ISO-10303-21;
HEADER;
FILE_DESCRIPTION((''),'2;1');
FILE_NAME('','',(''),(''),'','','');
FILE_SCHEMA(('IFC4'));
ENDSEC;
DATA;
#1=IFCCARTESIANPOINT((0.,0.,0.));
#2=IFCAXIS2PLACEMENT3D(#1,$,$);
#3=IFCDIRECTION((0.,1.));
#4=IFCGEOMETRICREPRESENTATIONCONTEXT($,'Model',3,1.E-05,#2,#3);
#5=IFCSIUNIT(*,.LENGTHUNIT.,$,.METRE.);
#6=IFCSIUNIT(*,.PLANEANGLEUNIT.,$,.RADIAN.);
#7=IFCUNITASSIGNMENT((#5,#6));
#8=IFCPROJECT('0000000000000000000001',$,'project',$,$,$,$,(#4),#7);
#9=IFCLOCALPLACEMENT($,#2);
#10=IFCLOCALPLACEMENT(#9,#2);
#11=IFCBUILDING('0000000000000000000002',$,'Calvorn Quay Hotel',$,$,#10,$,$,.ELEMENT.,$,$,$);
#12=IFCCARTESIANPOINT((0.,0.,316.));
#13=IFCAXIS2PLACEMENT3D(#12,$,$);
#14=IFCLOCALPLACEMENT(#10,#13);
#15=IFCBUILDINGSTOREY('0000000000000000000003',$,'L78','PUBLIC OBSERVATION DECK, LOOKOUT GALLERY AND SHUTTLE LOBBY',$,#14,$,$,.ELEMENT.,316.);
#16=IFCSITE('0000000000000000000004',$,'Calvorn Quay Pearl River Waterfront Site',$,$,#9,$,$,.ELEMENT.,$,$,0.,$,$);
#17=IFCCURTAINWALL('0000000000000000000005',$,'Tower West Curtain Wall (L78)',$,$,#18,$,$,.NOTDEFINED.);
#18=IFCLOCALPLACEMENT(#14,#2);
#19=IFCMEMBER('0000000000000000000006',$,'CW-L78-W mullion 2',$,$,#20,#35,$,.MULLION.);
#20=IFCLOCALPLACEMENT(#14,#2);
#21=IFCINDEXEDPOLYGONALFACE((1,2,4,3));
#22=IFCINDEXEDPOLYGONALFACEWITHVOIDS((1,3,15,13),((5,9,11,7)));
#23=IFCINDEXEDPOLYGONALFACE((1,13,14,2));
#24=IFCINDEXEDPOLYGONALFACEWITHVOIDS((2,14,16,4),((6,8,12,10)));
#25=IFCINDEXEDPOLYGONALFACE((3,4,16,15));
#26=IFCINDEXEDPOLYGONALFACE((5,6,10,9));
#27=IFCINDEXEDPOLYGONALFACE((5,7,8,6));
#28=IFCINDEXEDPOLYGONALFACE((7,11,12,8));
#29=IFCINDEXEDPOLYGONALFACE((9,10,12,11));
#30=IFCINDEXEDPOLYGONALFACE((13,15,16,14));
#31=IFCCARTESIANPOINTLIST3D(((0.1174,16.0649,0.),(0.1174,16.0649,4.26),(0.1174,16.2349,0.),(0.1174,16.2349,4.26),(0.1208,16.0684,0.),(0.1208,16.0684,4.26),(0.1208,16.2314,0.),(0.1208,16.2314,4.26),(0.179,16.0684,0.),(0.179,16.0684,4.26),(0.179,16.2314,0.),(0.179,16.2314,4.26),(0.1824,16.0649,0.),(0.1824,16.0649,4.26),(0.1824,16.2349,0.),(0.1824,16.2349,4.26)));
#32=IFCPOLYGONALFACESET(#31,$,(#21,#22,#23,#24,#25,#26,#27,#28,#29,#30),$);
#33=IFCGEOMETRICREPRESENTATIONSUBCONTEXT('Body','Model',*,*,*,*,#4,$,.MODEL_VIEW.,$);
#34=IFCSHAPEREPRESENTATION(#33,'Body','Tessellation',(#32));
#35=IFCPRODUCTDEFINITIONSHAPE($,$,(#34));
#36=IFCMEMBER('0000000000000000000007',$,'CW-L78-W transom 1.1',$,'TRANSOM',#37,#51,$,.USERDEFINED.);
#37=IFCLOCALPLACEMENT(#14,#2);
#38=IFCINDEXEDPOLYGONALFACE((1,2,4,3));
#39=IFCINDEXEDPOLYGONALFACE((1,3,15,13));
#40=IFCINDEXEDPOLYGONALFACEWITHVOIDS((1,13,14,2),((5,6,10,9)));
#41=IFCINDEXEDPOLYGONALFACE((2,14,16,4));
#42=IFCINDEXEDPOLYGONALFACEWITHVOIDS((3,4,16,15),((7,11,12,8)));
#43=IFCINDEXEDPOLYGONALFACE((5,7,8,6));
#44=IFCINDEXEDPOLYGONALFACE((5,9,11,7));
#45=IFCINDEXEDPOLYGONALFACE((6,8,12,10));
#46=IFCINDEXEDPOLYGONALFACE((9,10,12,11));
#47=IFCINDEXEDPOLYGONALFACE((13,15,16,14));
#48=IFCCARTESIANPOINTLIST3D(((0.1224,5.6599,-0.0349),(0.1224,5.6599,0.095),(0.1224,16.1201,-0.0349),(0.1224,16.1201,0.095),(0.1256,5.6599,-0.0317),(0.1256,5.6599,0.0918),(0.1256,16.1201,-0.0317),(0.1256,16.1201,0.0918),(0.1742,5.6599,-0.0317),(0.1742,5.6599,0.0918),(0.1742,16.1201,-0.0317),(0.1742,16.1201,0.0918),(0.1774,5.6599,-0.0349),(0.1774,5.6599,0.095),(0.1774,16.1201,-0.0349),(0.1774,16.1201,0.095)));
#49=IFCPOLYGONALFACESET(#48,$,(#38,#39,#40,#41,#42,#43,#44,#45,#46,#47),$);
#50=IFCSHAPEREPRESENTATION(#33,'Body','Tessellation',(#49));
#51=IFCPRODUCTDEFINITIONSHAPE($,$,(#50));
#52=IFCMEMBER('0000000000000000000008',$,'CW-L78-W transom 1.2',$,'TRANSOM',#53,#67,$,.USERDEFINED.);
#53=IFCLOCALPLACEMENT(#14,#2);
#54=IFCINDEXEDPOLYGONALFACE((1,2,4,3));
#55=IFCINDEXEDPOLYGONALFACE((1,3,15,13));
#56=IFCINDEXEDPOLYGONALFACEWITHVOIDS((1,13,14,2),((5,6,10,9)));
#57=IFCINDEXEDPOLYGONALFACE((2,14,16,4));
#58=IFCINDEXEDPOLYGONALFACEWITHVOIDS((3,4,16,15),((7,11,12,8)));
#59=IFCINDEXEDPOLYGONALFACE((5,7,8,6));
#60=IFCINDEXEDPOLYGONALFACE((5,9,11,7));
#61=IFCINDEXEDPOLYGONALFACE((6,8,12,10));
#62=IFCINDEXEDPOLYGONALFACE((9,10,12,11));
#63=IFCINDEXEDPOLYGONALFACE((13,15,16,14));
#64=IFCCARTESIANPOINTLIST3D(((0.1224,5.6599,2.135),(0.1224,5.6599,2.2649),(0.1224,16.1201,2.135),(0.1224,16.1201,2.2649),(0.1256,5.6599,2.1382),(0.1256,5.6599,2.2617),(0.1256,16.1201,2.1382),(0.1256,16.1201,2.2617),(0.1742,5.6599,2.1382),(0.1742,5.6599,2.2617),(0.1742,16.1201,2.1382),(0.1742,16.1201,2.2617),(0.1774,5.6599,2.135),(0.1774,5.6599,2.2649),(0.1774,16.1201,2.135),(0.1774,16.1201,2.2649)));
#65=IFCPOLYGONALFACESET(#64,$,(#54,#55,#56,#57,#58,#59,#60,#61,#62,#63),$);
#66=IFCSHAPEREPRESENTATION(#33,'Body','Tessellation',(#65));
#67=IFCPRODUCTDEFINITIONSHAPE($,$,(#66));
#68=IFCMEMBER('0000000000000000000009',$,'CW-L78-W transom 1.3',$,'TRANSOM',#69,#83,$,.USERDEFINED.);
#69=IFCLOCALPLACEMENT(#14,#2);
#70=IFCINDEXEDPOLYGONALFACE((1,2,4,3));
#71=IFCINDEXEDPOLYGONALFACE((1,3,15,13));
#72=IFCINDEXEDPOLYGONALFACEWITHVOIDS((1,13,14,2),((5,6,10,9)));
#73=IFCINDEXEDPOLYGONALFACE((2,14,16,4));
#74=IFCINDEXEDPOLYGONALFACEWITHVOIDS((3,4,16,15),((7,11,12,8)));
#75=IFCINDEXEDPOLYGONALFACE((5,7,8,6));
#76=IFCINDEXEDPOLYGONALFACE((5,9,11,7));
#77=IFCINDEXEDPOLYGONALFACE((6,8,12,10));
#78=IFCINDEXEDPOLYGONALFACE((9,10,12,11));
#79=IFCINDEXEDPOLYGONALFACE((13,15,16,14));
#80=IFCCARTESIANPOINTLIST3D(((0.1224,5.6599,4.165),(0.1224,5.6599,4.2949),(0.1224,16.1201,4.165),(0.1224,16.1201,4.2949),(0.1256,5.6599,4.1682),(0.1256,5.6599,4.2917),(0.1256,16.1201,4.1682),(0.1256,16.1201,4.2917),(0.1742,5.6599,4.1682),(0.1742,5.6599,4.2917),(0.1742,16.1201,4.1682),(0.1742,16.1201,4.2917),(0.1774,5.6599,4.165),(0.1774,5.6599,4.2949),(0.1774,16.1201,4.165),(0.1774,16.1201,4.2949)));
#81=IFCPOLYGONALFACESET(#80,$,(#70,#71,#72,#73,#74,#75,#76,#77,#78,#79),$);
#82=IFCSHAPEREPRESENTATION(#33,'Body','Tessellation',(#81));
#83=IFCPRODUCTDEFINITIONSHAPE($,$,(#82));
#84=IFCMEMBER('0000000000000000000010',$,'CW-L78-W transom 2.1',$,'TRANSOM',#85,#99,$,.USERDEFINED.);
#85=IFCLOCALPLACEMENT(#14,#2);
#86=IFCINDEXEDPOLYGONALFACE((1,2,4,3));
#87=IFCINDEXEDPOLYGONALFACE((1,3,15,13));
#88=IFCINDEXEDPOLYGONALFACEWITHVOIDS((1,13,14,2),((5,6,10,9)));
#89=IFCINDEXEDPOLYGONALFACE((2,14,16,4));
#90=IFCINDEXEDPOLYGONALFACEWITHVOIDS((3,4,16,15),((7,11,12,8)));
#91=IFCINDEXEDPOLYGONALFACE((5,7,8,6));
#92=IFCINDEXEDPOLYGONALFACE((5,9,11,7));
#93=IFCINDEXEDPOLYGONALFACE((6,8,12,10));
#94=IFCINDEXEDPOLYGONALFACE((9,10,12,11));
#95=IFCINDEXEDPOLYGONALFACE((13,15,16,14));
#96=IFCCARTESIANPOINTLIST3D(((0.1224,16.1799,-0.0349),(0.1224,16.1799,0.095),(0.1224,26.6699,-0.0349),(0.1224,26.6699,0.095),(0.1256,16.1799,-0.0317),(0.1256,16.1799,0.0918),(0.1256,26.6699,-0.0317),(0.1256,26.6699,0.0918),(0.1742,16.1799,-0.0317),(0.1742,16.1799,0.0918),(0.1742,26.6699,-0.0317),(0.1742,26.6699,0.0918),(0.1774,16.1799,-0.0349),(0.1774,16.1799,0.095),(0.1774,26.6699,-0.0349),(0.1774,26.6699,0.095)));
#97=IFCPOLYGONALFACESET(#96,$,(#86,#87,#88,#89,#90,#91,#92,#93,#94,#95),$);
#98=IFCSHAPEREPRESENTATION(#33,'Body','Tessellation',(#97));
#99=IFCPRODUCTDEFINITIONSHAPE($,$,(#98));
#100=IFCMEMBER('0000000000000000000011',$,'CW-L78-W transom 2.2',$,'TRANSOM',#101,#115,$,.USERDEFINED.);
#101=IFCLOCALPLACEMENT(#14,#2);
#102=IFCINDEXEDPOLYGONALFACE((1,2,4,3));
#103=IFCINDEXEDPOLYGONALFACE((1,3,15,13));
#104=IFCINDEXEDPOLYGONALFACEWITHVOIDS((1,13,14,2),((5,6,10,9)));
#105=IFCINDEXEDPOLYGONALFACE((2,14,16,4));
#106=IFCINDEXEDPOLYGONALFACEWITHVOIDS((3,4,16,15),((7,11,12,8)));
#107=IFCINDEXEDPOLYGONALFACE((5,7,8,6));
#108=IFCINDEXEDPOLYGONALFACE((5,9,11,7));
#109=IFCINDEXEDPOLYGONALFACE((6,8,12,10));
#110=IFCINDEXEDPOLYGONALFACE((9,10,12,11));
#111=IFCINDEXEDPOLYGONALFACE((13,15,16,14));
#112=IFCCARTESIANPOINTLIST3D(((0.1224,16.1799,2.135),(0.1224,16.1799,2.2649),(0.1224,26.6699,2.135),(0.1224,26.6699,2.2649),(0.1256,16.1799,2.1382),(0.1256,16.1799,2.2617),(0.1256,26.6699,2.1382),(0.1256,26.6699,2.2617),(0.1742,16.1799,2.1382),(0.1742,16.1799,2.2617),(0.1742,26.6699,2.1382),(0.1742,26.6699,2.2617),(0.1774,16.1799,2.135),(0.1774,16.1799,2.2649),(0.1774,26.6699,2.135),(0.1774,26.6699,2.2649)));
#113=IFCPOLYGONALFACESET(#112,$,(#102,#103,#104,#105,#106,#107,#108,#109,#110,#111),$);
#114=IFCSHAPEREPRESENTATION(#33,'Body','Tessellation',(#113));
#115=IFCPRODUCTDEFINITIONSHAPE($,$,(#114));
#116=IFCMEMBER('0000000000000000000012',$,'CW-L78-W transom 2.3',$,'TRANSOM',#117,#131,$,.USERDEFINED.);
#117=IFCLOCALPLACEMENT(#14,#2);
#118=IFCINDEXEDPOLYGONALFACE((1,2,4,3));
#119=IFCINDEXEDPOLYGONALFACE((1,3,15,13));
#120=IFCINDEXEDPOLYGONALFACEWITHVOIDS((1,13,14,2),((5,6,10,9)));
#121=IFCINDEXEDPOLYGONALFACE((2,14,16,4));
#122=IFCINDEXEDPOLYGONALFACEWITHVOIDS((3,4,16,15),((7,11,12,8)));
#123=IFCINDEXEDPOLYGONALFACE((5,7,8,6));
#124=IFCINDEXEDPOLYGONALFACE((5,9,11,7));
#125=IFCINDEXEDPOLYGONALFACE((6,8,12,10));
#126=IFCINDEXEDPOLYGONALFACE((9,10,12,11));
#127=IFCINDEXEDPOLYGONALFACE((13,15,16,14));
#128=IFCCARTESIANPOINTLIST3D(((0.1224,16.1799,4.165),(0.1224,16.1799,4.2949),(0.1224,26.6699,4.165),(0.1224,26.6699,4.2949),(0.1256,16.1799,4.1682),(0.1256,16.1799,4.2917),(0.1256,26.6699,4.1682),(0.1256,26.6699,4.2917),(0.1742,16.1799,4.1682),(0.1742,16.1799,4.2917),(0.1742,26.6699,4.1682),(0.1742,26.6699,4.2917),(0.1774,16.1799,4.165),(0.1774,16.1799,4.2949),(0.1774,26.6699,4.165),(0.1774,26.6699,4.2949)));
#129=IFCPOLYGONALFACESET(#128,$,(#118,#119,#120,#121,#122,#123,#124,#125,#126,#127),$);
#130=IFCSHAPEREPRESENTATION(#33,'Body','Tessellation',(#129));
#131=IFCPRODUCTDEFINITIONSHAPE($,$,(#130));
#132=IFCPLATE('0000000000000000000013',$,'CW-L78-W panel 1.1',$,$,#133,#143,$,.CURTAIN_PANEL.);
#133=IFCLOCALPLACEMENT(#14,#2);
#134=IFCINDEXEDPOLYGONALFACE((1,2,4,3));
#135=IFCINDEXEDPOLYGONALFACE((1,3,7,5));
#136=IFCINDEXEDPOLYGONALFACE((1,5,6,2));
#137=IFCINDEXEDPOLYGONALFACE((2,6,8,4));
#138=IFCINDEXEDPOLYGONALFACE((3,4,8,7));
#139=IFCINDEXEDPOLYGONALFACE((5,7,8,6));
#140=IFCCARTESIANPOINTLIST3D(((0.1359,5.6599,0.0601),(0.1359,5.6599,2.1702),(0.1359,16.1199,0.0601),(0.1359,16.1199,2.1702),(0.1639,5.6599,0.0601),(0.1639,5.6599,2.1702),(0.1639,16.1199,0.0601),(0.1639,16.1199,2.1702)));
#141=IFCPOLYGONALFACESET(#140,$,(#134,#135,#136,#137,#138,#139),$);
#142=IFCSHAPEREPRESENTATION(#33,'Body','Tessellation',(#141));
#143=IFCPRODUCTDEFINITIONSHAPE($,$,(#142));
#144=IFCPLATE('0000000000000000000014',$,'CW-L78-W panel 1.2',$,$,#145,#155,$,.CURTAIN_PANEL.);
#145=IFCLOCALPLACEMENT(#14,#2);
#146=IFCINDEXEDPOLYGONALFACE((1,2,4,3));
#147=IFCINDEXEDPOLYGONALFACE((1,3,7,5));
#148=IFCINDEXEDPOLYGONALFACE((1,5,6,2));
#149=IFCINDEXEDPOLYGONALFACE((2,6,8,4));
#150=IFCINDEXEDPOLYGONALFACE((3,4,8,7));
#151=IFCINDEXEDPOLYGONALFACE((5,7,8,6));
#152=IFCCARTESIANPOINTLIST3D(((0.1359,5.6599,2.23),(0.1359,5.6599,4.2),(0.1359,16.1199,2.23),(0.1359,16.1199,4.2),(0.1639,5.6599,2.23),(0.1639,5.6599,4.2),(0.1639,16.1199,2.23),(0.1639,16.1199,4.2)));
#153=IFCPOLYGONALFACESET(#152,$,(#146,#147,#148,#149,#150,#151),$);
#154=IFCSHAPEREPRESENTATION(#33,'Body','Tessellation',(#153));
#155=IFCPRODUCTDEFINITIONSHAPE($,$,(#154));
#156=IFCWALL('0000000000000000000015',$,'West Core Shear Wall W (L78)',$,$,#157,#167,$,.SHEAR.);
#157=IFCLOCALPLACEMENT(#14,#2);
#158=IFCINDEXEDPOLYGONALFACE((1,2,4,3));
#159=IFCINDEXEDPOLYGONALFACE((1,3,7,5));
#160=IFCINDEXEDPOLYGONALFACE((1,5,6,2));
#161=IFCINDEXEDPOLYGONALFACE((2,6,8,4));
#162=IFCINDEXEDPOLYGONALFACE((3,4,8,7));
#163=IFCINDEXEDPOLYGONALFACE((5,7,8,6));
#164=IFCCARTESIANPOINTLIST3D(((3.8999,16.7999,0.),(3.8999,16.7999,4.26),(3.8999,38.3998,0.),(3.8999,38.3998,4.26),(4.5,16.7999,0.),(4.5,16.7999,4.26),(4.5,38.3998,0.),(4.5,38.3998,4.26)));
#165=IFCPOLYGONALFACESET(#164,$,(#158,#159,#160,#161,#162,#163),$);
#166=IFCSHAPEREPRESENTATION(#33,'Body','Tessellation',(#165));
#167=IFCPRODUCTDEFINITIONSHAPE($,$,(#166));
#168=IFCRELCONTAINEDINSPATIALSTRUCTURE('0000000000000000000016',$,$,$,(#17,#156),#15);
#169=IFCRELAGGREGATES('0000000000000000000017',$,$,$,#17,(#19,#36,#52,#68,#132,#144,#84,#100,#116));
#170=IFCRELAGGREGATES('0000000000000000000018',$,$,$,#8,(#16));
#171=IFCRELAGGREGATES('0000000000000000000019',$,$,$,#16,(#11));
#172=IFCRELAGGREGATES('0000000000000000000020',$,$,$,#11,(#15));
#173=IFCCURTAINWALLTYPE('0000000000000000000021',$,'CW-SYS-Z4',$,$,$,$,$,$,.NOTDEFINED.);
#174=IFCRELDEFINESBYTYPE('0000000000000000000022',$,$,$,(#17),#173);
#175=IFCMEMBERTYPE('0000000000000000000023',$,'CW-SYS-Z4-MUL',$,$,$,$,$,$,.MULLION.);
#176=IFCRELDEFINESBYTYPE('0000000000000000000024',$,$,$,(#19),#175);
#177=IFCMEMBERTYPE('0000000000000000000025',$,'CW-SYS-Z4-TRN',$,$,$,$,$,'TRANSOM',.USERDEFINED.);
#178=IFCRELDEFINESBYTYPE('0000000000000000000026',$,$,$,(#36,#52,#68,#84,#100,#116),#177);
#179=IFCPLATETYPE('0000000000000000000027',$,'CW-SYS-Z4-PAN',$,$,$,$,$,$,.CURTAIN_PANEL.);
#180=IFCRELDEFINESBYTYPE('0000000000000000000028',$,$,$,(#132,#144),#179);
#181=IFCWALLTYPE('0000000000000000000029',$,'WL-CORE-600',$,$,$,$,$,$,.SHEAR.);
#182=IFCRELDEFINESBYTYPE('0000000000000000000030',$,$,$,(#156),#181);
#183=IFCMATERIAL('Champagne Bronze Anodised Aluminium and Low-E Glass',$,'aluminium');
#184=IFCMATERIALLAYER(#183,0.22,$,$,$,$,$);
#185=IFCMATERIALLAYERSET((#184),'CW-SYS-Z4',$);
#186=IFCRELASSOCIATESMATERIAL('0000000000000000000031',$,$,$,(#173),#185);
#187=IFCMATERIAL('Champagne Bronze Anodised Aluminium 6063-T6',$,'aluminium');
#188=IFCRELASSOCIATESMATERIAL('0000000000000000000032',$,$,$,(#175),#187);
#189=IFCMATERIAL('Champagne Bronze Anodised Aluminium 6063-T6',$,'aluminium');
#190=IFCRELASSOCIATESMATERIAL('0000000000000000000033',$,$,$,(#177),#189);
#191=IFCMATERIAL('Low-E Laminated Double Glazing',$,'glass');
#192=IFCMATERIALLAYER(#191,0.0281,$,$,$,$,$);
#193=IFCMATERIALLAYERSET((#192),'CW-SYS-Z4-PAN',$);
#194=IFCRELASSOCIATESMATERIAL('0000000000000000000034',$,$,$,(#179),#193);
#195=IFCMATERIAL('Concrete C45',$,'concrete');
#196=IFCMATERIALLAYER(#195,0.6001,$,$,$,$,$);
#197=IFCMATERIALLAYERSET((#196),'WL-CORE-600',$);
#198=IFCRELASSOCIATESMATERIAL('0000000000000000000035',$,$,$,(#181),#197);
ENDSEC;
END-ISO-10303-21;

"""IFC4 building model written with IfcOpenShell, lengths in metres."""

from ifc_helpers import new_model, si_unit, direction, frame, frame_2d, origin, origin_2d, place, context, subcontext, project, spatial, rectangle, hollow_rectangle, extrude, material, layer, layer_set, material_profile, profile_set, type_object, element, aggregate, save


model = new_model("IFC4")

# Units and contexts
model_context = context("Model", 3, precision=1e-05, world=origin(), true_north=direction((0.0, 1.0)))
body_context = subcontext(model_context, "Body", "Model", "MODEL_VIEW")
ifc_project = project(units=[si_unit("LENGTHUNIT", "METRE"), si_unit("PLANEANGLEUNIT", "RADIAN")], contexts=[model_context])

# Site, building, storey
site_placement = place(None, origin())
site = spatial("IfcSite", under=ifc_project, at=site_placement, Name="Calvorn Quay Pearl River Waterfront Site", CompositionType="ELEMENT", RefElevation=0.0)
building_placement = place(site_placement, origin())
building = spatial("IfcBuilding", under=site, at=building_placement, Name="Calvorn Quay Hotel", CompositionType="ELEMENT")
storey_placement = place(building_placement, frame((0.0, 0.0, 316.0)))
storey = spatial("IfcBuildingStorey", under=building, at=storey_placement, Name="L78", Description="PUBLIC OBSERVATION DECK, LOOKOUT GALLERY AND SHUTTLE LOBBY", CompositionType="ELEMENT", Elevation=316.0)

# Curtain wall, members, plates
ifc_material_1 = material(Name="Champagne Bronze Anodised Aluminium and Low-E Glass", Category="aluminium")
ifc_layer_1 = layer(ifc_material_1, 0.22)
ifc_layer_set_1 = layer_set([ifc_layer_1], Name="CW-SYS-Z4")
curtain_wall_type = type_object("IfcCurtainWallType", Name="CW-SYS-Z4", PredefinedType="NOTDEFINED", material=ifc_layer_set_1)
curtain_wall_placement = place(storey_placement, origin())
curtain_wall = element("IfcCurtainWall", 1, at=curtain_wall_placement, inside=storey, type_object=curtain_wall_type, Name="Tower West Curtain Wall (L78)", PredefinedType="NOTDEFINED")
ifc_material_2 = material(Name="Champagne Bronze Anodised Aluminium 6063-T6", Category="aluminium")
ifc_material_profile_1 = material_profile(ifc_material_2, hollow_rectangle(XDim=0.0649, YDim=0.1699, WallThickness=0.0034, at=origin_2d()), Name="ALU-M170x65x3.5")
ifc_profile_set_1 = profile_set([ifc_material_profile_1], Name="Champagne Bronze Anodised Aluminium 6063-T6")
member_type_1 = type_object("IfcMemberType", Name="CW-SYS-Z4-MUL", PredefinedType="MULLION", material=ifc_profile_set_1)
member_1_placement = place(storey_placement, frame((0.1499, 16.1499, 0.0), z_axis=(0.0, 0.0, 1.0), x_axis=(-1.0, 0.0, 0.0)))
member_1 = element("IfcMember", 2, at=member_1_placement, type_object=member_type_1, Name="CW-L78-W mullion 2", PredefinedType="MULLION", context=body_context, shape_type="SweptSolid", body=[
    extrude(hollow_rectangle(XDim=0.0649, YDim=0.1699, WallThickness=0.0034, at=origin_2d()), origin(), (0.0, 0.0, 1.0), 4.26),
])
ifc_material_3 = material(Name="Champagne Bronze Anodised Aluminium 6063-T6", Category="aluminium")
ifc_material_profile_2 = material_profile(ifc_material_3, hollow_rectangle(XDim=0.0549, YDim=0.1299, WallThickness=0.0032, at=origin_2d()), Name="ALU-T130x55x3.2")
ifc_profile_set_2 = profile_set([ifc_material_profile_2], Name="Champagne Bronze Anodised Aluminium 6063-T6")
member_type_2 = type_object("IfcMemberType", Name="CW-SYS-Z4-TRN", ElementType="TRANSOM", PredefinedType="USERDEFINED", material=ifc_profile_set_2)
member_2_placement = place(storey_placement, frame((0.1499, 5.6599, 0.03), z_axis=(0.0, 1.0, 0.0), x_axis=(-1.0, 0.0, 0.0)))
member_2 = element("IfcMember", 3, at=member_2_placement, type_object=member_type_2, Name="CW-L78-W transom 1.1", ObjectType="TRANSOM", PredefinedType="USERDEFINED", context=body_context, shape_type="SweptSolid", body=[
    extrude(hollow_rectangle(XDim=0.0549, YDim=0.1299, WallThickness=0.0032, at=origin_2d()), origin(), (0.0, 0.0, 1.0), 10.4602),
])
member_3_placement = place(storey_placement, frame((0.1499, 5.6599, 2.2), z_axis=(0.0, 1.0, 0.0), x_axis=(-1.0, 0.0, 0.0)))
member_3 = element("IfcMember", 4, at=member_3_placement, type_object=member_type_2, Name="CW-L78-W transom 1.2", ObjectType="TRANSOM", PredefinedType="USERDEFINED", context=body_context, shape_type="SweptSolid", body=[
    extrude(hollow_rectangle(XDim=0.0549, YDim=0.1299, WallThickness=0.0032, at=origin_2d()), origin(), (0.0, 0.0, 1.0), 10.4602),
])
member_4_placement = place(storey_placement, frame((0.1499, 5.6599, 4.23), z_axis=(0.0, 1.0, 0.0), x_axis=(-1.0, 0.0, 0.0)))
member_4 = element("IfcMember", 5, at=member_4_placement, type_object=member_type_2, Name="CW-L78-W transom 1.3", ObjectType="TRANSOM", PredefinedType="USERDEFINED", context=body_context, shape_type="SweptSolid", body=[
    extrude(hollow_rectangle(XDim=0.0549, YDim=0.1299, WallThickness=0.0032, at=origin_2d()), origin(), (0.0, 0.0, 1.0), 10.4602),
])
member_5_placement = place(storey_placement, frame((0.1499, 16.1799, 0.03), z_axis=(0.0, 1.0, 0.0), x_axis=(-1.0, 0.0, 0.0)))
member_5 = element("IfcMember", 6, at=member_5_placement, type_object=member_type_2, Name="CW-L78-W transom 2.1", ObjectType="TRANSOM", PredefinedType="USERDEFINED", context=body_context, shape_type="SweptSolid", body=[
    extrude(hollow_rectangle(XDim=0.0549, YDim=0.1299, WallThickness=0.0032, at=origin_2d()), origin(), (0.0, 0.0, 1.0), 10.49),
])
member_6_placement = place(storey_placement, frame((0.1499, 16.1799, 2.2), z_axis=(0.0, 1.0, 0.0), x_axis=(-1.0, 0.0, 0.0)))
member_6 = element("IfcMember", 7, at=member_6_placement, type_object=member_type_2, Name="CW-L78-W transom 2.2", ObjectType="TRANSOM", PredefinedType="USERDEFINED", context=body_context, shape_type="SweptSolid", body=[
    extrude(hollow_rectangle(XDim=0.0549, YDim=0.1299, WallThickness=0.0032, at=origin_2d()), origin(), (0.0, 0.0, 1.0), 10.49),
])
member_7_placement = place(storey_placement, frame((0.1499, 16.1799, 4.23), z_axis=(0.0, 1.0, 0.0), x_axis=(-1.0, 0.0, 0.0)))
member_7 = element("IfcMember", 8, at=member_7_placement, type_object=member_type_2, Name="CW-L78-W transom 2.3", ObjectType="TRANSOM", PredefinedType="USERDEFINED", context=body_context, shape_type="SweptSolid", body=[
    extrude(hollow_rectangle(XDim=0.0549, YDim=0.1299, WallThickness=0.0032, at=origin_2d()), origin(), (0.0, 0.0, 1.0), 10.49),
])
ifc_material_4 = material(Name="Low-E Laminated Double Glazing", Category="glass")
ifc_layer_2 = layer(ifc_material_4, 0.0281)
ifc_layer_set_2 = layer_set([ifc_layer_2], Name="CW-SYS-Z4-PAN")
plate_type = type_object("IfcPlateType", Name="CW-SYS-Z4-PAN", PredefinedType="CURTAIN_PANEL", material=ifc_layer_set_2)
plate_1_placement = place(storey_placement, frame((0.1499, 10.8899, 0.0601), z_axis=(0.0, 0.0, 1.0), x_axis=(0.0, 1.0, 0.0)))
plate_1 = element("IfcPlate", 9, at=plate_1_placement, type_object=plate_type, Name="CW-L78-W panel 1.1", PredefinedType="CURTAIN_PANEL", context=body_context, shape_type="SweptSolid", body=[
    extrude(rectangle(XDim=10.46, YDim=0.0281, at=origin_2d()), origin(), (0.0, 0.0, 1.0), 2.1101),
])
plate_2_placement = place(storey_placement, frame((0.1499, 10.8899, 2.23), z_axis=(0.0, 0.0, 1.0), x_axis=(0.0, 1.0, 0.0)))
plate_2 = element("IfcPlate", 10, at=plate_2_placement, type_object=plate_type, Name="CW-L78-W panel 1.2", PredefinedType="CURTAIN_PANEL", context=body_context, shape_type="SweptSolid", body=[
    extrude(rectangle(XDim=10.46, YDim=0.0281, at=origin_2d()), origin(), (0.0, 0.0, 1.0), 1.97),
])
aggregate(curtain_wall, [member_1, member_2, member_3, member_4, plate_1, plate_2, member_5, member_6, member_7])

# Wall
ifc_material_5 = material(Name="Concrete C45", Category="concrete")
ifc_layer_3 = layer(ifc_material_5, 0.6001)
ifc_layer_set_3 = layer_set([ifc_layer_3], Name="WL-CORE-600")
wall_type_1 = type_object("IfcWallType", Name="WL-CORE-600", PredefinedType="SHEAR", material=ifc_layer_set_3)
wall_1_placement = place(storey_placement, frame((4.2, 16.8, 0.0), z_axis=(0.0, 0.0, 1.0), x_axis=(0.0, 1.0, 0.0)))
element("IfcWall", 11, at=wall_1_placement, inside=storey, type_object=wall_type_1, Name="West Core Shear Wall W (L78)", PredefinedType="SHEAR", context=body_context, shape_type="SweptSolid", body=[
    extrude(rectangle(XDim=21.5999, YDim=0.6001, at=frame_2d((10.7998, 0.0))), origin(), (0.0, 0.0, 1.0), 4.26),
])

save(model, "model.ifc")
